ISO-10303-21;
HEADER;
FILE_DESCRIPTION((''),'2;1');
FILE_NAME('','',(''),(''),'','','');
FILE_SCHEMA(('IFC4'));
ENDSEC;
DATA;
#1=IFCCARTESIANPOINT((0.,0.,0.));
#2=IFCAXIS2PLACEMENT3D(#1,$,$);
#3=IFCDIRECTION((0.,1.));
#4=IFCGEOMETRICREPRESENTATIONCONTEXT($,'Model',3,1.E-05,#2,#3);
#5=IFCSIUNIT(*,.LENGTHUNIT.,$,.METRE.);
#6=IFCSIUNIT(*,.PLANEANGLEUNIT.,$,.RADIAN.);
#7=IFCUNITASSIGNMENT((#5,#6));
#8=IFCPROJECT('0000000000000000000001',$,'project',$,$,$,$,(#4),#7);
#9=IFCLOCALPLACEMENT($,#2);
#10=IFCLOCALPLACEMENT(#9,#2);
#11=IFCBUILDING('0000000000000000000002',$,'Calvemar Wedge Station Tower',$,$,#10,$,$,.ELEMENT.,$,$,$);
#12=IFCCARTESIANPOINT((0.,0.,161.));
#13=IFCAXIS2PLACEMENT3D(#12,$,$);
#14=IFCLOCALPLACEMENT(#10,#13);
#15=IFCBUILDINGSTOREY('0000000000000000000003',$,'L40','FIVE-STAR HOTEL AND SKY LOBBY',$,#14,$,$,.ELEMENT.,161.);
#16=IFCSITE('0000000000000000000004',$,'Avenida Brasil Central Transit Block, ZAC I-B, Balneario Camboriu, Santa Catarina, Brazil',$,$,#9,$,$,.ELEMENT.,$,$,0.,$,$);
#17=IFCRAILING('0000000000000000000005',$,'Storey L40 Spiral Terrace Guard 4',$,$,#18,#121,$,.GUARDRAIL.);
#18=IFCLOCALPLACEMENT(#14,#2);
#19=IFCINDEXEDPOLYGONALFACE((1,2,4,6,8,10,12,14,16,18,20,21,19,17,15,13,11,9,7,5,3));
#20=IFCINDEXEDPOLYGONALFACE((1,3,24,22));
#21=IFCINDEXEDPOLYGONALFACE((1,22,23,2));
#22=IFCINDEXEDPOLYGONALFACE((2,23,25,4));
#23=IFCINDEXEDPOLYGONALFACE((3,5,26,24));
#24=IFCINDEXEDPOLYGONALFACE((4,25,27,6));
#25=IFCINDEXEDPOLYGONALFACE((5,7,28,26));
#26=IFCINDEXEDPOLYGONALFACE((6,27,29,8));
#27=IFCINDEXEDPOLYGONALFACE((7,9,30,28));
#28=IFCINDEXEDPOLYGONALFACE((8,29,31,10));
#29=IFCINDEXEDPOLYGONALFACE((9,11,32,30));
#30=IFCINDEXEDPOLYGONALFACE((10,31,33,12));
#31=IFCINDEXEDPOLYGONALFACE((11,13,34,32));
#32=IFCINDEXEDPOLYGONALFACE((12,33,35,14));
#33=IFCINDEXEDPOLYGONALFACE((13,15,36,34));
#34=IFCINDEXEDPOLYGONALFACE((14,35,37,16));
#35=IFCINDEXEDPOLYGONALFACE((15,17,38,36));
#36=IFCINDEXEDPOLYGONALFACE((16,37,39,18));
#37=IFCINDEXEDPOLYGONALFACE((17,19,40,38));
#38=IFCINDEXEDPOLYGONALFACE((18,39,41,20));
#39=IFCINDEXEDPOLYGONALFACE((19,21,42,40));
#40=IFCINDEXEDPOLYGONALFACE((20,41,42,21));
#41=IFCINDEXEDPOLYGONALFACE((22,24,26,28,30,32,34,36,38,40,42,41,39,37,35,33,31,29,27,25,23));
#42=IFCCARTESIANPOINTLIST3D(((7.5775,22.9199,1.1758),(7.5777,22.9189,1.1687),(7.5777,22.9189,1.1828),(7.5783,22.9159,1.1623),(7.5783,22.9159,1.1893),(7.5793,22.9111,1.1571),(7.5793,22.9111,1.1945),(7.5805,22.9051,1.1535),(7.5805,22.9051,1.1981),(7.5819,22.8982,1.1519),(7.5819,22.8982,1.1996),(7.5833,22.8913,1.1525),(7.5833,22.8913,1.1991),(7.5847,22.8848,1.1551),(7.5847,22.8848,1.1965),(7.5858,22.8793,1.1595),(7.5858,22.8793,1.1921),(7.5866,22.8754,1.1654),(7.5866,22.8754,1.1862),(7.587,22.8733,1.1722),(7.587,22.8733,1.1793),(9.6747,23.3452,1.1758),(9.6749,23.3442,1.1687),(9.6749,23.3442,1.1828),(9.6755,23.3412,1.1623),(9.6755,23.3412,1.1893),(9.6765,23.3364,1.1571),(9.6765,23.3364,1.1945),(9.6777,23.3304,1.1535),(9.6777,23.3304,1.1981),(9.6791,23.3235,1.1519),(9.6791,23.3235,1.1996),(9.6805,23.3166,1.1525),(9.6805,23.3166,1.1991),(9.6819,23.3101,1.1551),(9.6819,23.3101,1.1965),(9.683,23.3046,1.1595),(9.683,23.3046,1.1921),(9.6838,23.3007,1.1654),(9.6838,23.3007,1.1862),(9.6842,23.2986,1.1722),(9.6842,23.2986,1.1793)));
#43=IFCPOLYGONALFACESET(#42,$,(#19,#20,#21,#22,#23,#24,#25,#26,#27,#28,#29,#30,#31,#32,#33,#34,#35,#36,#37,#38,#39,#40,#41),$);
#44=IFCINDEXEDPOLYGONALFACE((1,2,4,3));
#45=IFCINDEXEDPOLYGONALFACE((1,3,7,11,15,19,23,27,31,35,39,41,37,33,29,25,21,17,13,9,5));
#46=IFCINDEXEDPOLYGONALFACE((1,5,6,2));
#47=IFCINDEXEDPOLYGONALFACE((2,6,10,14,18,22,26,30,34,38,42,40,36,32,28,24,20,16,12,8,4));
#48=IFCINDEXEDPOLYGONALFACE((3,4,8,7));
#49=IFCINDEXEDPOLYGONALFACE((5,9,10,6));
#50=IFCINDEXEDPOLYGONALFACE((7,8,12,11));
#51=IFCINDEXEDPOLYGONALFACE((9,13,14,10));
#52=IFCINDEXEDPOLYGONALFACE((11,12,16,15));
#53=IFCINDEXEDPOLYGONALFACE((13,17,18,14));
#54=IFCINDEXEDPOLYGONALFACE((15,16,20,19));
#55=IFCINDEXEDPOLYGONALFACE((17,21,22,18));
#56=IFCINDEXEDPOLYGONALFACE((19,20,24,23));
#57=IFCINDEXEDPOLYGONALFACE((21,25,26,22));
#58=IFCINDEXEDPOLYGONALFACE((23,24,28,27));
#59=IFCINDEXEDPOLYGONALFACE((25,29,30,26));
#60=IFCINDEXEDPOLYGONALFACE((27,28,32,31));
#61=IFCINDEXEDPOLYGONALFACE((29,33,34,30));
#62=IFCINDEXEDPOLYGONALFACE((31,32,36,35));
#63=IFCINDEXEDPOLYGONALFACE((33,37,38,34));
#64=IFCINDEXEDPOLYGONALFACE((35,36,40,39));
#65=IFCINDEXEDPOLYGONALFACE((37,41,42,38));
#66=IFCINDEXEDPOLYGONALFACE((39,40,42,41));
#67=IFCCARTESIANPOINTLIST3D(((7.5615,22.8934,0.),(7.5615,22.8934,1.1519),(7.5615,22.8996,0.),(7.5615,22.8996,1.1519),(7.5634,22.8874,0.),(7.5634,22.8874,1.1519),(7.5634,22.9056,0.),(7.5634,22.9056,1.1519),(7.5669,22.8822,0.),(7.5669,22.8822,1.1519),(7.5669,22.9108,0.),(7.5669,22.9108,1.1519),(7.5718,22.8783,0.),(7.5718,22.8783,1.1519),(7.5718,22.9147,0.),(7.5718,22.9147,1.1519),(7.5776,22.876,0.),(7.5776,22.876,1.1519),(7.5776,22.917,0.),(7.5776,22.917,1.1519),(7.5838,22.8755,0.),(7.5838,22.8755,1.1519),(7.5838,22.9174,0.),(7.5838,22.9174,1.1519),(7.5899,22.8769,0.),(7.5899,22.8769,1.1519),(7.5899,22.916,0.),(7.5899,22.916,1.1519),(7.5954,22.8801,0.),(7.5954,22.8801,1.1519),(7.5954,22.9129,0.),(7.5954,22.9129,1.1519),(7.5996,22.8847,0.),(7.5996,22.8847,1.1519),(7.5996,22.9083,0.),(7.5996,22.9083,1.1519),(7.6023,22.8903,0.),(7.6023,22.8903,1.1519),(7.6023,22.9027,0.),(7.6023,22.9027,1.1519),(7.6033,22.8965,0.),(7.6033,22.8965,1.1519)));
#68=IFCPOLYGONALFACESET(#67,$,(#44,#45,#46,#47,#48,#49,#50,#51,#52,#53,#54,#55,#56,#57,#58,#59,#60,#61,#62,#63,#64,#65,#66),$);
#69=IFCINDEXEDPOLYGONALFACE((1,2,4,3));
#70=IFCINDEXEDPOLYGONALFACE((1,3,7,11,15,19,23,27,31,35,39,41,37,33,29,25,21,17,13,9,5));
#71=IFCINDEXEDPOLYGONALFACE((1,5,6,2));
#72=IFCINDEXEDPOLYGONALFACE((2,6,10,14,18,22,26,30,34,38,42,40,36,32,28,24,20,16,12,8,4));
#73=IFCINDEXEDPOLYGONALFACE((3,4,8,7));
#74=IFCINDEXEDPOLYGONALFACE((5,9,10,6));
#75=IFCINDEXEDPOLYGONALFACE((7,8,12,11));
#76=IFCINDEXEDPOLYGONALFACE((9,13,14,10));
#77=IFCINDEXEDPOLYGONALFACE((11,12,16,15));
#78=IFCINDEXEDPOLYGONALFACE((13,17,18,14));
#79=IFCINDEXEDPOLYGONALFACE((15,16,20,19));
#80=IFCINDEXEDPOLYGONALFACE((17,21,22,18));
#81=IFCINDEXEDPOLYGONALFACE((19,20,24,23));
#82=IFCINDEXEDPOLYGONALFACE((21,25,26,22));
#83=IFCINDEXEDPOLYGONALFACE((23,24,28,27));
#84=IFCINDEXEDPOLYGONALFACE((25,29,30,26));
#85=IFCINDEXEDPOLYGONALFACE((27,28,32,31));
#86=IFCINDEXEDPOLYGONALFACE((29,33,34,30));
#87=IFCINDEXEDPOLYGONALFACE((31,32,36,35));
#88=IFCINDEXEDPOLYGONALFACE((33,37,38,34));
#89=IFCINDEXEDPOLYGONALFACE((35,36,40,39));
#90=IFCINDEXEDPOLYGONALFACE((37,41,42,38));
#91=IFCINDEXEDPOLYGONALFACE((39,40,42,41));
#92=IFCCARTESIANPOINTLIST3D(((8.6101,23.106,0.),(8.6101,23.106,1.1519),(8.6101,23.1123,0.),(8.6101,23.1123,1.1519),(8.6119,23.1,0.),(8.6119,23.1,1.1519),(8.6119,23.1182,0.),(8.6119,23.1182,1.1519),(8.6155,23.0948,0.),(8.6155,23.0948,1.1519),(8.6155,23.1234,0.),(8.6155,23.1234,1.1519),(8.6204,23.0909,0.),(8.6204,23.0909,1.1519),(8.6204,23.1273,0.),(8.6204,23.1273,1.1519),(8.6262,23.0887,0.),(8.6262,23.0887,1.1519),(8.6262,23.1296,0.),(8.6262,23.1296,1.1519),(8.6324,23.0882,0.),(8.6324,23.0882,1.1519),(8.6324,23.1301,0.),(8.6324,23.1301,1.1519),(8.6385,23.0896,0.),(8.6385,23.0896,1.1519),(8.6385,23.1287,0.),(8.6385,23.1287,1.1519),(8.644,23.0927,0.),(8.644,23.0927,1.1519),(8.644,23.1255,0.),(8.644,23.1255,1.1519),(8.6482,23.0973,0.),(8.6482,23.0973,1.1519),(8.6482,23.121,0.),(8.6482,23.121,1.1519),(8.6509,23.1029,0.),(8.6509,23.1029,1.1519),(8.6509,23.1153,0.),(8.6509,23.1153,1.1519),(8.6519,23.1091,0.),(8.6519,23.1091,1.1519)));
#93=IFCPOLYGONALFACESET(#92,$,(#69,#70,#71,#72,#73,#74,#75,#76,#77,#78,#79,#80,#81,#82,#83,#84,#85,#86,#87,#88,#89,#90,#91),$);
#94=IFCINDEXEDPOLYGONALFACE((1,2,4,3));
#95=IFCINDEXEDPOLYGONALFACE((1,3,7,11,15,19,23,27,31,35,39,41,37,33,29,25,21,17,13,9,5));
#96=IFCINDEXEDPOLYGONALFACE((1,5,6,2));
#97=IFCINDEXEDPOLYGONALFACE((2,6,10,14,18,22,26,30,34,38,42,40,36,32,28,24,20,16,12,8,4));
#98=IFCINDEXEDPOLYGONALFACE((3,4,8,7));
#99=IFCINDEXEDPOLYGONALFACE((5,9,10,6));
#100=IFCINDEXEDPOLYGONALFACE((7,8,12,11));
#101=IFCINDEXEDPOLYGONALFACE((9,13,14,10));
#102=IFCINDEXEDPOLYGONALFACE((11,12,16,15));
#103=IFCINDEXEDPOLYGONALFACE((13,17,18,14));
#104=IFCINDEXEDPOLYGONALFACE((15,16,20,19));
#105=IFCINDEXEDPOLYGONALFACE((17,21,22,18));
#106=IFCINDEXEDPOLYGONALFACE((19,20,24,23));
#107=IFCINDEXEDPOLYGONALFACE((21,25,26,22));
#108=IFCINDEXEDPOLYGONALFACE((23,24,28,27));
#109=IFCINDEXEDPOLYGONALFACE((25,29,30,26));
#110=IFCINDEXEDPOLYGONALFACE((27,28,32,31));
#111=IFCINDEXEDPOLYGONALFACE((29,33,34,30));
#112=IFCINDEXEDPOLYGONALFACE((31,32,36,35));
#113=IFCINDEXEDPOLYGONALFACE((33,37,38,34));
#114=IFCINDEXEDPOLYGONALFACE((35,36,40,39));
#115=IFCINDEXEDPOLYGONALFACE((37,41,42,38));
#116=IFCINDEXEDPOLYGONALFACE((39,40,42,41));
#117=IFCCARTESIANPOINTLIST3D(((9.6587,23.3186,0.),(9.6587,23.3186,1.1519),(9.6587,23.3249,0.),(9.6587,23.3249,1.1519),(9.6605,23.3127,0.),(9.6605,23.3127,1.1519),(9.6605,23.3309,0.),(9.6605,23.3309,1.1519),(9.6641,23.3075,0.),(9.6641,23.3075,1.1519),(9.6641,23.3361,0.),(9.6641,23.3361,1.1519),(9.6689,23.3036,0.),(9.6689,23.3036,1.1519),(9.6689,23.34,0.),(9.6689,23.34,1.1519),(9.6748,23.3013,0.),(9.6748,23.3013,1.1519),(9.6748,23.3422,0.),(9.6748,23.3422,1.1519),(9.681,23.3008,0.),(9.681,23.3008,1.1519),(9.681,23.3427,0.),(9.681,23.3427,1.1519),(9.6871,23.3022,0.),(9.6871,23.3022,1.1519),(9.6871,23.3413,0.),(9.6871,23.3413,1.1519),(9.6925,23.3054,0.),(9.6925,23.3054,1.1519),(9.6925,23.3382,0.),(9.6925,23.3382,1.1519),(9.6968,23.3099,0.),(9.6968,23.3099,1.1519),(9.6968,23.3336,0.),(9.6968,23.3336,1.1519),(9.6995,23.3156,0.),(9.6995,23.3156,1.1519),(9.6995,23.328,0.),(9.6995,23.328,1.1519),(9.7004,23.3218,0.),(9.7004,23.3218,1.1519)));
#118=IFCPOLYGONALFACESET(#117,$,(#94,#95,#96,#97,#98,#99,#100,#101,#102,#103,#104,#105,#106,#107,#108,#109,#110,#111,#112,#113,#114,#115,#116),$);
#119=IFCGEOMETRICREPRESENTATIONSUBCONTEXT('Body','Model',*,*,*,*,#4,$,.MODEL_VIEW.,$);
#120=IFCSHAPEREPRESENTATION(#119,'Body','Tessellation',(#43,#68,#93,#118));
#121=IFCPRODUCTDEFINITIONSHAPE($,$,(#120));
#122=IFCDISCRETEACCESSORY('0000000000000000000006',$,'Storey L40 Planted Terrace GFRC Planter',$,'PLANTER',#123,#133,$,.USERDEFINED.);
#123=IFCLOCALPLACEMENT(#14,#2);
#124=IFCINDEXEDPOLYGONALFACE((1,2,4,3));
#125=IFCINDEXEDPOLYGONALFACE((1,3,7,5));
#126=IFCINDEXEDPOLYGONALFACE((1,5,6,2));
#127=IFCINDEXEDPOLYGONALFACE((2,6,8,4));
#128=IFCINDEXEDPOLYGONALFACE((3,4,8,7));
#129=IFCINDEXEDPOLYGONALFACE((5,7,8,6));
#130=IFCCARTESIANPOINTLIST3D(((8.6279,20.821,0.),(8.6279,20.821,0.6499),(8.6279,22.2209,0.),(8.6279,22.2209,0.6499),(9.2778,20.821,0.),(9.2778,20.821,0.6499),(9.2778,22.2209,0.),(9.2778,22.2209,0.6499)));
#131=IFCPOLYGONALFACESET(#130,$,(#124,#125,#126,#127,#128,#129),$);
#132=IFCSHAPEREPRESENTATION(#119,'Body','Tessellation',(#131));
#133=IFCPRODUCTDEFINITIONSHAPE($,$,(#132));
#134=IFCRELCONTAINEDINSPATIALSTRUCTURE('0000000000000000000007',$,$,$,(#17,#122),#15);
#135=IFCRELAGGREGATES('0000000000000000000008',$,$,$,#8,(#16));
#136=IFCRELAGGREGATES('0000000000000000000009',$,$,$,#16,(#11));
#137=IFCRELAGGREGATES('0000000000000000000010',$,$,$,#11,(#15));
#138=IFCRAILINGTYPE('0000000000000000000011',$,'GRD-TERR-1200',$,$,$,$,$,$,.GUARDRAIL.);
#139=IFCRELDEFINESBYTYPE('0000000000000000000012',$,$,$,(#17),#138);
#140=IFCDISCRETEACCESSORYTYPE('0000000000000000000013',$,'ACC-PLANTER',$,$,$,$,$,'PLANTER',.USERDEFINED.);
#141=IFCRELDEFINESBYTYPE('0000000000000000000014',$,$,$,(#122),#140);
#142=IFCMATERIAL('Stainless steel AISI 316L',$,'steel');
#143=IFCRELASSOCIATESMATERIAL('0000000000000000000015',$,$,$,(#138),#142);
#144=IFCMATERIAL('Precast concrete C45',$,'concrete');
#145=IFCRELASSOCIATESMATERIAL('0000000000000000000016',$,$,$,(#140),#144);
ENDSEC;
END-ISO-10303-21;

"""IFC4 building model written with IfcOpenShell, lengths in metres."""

from ifc_helpers import new_model, si_unit, direction, frame, origin, origin_2d, place, context, subcontext, project, spatial, rectangle, circle, extrude, source, transform, mapped, material, type_object, element, save


model = new_model("IFC4")

# Units and contexts
model_context = context("Model", 3, precision=1e-05, world=origin(), true_north=direction((0.0, 1.0)))
body_context = subcontext(model_context, "Body", "Model", "MODEL_VIEW")
ifc_project = project(units=[si_unit("LENGTHUNIT", "METRE"), si_unit("PLANEANGLEUNIT", "RADIAN")], contexts=[model_context])

# Site, building, storey
site_placement = place(None, origin())
site = spatial("IfcSite", under=ifc_project, at=site_placement, Name="Avenida Brasil Central Transit Block, ZAC I-B, Balneario Camboriu, Santa Catarina, Brazil", CompositionType="ELEMENT", RefElevation=0.0)
building_placement = place(site_placement, origin())
building = spatial("IfcBuilding", under=site, at=building_placement, Name="Calvemar Wedge Station Tower", CompositionType="ELEMENT")
storey_placement = place(building_placement, frame((0.0, 0.0, 161.0)))
storey = spatial("IfcBuildingStorey", under=building, at=storey_placement, Name="L40", Description="FIVE-STAR HOTEL AND SKY LOBBY", CompositionType="ELEMENT", Elevation=161.0)

# Shared definitions
ifc_material_1 = material(Name="Precast concrete C45", Category="concrete")

# Railing
ifc_material_2 = material(Name="Stainless steel AISI 316L", Category="steel")
railing_type = type_object("IfcRailingType", Name="GRD-TERR-1200", PredefinedType="GUARDRAIL", material=ifc_material_2)
railing_1_placement = place(storey_placement, frame((7.5823, 22.8965, 0.0)))
element("IfcRailing", 1, at=railing_1_placement, inside=storey, type_object=railing_type, Name="Storey L40 Spiral Terrace Guard 4", PredefinedType="GUARDRAIL", context=body_context, shape_type="SweptSolid", body=[
    extrude(circle(Radius=0.0239, at=origin_2d()), frame((0.0, 0.0, 1.1758), z_axis=(0.980051, 0.198748, 0.0), x_axis=(-0.198748, 0.980051, 0.0)), (0.0, 0.0, 1.0), 2.1399),
    extrude(circle(Radius=0.021, at=origin_2d()), origin(), (0.0, 0.0, 1.0), 1.1519),
    extrude(circle(Radius=0.021, at=origin_2d()), frame((1.0486, 0.2126, 0.0)), (0.0, 0.0, 1.0), 1.1519),
    extrude(circle(Radius=0.021, at=origin_2d()), frame((2.0972, 0.4253, 0.0)), (0.0, 0.0, 1.0), 1.1519),
])

# Discrete accessory
discrete_accessory_type = type_object("IfcDiscreteAccessoryType", Name="ACC-PLANTER", ElementType="PLANTER", PredefinedType="USERDEFINED", material=ifc_material_1)
shared_shape_1 = source(origin(), body_context, "Body", "SweptSolid", [
    extrude(rectangle(XDim=0.6499, YDim=1.3999, at=origin_2d()), origin(), (0.0, 0.0, 1.0), 0.6499),
])
discrete_accessory_placement = place(storey_placement, frame((8.9529, 21.521, 0.0), z_axis=(0.0, 0.0, 1.0), x_axis=(1.0, 0.0, 0.0)))
element("IfcDiscreteAccessory", 2, at=discrete_accessory_placement, inside=storey, type_object=discrete_accessory_type, Name="Storey L40 Planted Terrace GFRC Planter", ObjectType="PLANTER", PredefinedType="USERDEFINED", context=body_context, shape_type="MappedRepresentation", body=[
    mapped(shared_shape_1, transform((0.0, 0.0, 0.0), scale=1.0)),
])

save(model, "model.ifc")
